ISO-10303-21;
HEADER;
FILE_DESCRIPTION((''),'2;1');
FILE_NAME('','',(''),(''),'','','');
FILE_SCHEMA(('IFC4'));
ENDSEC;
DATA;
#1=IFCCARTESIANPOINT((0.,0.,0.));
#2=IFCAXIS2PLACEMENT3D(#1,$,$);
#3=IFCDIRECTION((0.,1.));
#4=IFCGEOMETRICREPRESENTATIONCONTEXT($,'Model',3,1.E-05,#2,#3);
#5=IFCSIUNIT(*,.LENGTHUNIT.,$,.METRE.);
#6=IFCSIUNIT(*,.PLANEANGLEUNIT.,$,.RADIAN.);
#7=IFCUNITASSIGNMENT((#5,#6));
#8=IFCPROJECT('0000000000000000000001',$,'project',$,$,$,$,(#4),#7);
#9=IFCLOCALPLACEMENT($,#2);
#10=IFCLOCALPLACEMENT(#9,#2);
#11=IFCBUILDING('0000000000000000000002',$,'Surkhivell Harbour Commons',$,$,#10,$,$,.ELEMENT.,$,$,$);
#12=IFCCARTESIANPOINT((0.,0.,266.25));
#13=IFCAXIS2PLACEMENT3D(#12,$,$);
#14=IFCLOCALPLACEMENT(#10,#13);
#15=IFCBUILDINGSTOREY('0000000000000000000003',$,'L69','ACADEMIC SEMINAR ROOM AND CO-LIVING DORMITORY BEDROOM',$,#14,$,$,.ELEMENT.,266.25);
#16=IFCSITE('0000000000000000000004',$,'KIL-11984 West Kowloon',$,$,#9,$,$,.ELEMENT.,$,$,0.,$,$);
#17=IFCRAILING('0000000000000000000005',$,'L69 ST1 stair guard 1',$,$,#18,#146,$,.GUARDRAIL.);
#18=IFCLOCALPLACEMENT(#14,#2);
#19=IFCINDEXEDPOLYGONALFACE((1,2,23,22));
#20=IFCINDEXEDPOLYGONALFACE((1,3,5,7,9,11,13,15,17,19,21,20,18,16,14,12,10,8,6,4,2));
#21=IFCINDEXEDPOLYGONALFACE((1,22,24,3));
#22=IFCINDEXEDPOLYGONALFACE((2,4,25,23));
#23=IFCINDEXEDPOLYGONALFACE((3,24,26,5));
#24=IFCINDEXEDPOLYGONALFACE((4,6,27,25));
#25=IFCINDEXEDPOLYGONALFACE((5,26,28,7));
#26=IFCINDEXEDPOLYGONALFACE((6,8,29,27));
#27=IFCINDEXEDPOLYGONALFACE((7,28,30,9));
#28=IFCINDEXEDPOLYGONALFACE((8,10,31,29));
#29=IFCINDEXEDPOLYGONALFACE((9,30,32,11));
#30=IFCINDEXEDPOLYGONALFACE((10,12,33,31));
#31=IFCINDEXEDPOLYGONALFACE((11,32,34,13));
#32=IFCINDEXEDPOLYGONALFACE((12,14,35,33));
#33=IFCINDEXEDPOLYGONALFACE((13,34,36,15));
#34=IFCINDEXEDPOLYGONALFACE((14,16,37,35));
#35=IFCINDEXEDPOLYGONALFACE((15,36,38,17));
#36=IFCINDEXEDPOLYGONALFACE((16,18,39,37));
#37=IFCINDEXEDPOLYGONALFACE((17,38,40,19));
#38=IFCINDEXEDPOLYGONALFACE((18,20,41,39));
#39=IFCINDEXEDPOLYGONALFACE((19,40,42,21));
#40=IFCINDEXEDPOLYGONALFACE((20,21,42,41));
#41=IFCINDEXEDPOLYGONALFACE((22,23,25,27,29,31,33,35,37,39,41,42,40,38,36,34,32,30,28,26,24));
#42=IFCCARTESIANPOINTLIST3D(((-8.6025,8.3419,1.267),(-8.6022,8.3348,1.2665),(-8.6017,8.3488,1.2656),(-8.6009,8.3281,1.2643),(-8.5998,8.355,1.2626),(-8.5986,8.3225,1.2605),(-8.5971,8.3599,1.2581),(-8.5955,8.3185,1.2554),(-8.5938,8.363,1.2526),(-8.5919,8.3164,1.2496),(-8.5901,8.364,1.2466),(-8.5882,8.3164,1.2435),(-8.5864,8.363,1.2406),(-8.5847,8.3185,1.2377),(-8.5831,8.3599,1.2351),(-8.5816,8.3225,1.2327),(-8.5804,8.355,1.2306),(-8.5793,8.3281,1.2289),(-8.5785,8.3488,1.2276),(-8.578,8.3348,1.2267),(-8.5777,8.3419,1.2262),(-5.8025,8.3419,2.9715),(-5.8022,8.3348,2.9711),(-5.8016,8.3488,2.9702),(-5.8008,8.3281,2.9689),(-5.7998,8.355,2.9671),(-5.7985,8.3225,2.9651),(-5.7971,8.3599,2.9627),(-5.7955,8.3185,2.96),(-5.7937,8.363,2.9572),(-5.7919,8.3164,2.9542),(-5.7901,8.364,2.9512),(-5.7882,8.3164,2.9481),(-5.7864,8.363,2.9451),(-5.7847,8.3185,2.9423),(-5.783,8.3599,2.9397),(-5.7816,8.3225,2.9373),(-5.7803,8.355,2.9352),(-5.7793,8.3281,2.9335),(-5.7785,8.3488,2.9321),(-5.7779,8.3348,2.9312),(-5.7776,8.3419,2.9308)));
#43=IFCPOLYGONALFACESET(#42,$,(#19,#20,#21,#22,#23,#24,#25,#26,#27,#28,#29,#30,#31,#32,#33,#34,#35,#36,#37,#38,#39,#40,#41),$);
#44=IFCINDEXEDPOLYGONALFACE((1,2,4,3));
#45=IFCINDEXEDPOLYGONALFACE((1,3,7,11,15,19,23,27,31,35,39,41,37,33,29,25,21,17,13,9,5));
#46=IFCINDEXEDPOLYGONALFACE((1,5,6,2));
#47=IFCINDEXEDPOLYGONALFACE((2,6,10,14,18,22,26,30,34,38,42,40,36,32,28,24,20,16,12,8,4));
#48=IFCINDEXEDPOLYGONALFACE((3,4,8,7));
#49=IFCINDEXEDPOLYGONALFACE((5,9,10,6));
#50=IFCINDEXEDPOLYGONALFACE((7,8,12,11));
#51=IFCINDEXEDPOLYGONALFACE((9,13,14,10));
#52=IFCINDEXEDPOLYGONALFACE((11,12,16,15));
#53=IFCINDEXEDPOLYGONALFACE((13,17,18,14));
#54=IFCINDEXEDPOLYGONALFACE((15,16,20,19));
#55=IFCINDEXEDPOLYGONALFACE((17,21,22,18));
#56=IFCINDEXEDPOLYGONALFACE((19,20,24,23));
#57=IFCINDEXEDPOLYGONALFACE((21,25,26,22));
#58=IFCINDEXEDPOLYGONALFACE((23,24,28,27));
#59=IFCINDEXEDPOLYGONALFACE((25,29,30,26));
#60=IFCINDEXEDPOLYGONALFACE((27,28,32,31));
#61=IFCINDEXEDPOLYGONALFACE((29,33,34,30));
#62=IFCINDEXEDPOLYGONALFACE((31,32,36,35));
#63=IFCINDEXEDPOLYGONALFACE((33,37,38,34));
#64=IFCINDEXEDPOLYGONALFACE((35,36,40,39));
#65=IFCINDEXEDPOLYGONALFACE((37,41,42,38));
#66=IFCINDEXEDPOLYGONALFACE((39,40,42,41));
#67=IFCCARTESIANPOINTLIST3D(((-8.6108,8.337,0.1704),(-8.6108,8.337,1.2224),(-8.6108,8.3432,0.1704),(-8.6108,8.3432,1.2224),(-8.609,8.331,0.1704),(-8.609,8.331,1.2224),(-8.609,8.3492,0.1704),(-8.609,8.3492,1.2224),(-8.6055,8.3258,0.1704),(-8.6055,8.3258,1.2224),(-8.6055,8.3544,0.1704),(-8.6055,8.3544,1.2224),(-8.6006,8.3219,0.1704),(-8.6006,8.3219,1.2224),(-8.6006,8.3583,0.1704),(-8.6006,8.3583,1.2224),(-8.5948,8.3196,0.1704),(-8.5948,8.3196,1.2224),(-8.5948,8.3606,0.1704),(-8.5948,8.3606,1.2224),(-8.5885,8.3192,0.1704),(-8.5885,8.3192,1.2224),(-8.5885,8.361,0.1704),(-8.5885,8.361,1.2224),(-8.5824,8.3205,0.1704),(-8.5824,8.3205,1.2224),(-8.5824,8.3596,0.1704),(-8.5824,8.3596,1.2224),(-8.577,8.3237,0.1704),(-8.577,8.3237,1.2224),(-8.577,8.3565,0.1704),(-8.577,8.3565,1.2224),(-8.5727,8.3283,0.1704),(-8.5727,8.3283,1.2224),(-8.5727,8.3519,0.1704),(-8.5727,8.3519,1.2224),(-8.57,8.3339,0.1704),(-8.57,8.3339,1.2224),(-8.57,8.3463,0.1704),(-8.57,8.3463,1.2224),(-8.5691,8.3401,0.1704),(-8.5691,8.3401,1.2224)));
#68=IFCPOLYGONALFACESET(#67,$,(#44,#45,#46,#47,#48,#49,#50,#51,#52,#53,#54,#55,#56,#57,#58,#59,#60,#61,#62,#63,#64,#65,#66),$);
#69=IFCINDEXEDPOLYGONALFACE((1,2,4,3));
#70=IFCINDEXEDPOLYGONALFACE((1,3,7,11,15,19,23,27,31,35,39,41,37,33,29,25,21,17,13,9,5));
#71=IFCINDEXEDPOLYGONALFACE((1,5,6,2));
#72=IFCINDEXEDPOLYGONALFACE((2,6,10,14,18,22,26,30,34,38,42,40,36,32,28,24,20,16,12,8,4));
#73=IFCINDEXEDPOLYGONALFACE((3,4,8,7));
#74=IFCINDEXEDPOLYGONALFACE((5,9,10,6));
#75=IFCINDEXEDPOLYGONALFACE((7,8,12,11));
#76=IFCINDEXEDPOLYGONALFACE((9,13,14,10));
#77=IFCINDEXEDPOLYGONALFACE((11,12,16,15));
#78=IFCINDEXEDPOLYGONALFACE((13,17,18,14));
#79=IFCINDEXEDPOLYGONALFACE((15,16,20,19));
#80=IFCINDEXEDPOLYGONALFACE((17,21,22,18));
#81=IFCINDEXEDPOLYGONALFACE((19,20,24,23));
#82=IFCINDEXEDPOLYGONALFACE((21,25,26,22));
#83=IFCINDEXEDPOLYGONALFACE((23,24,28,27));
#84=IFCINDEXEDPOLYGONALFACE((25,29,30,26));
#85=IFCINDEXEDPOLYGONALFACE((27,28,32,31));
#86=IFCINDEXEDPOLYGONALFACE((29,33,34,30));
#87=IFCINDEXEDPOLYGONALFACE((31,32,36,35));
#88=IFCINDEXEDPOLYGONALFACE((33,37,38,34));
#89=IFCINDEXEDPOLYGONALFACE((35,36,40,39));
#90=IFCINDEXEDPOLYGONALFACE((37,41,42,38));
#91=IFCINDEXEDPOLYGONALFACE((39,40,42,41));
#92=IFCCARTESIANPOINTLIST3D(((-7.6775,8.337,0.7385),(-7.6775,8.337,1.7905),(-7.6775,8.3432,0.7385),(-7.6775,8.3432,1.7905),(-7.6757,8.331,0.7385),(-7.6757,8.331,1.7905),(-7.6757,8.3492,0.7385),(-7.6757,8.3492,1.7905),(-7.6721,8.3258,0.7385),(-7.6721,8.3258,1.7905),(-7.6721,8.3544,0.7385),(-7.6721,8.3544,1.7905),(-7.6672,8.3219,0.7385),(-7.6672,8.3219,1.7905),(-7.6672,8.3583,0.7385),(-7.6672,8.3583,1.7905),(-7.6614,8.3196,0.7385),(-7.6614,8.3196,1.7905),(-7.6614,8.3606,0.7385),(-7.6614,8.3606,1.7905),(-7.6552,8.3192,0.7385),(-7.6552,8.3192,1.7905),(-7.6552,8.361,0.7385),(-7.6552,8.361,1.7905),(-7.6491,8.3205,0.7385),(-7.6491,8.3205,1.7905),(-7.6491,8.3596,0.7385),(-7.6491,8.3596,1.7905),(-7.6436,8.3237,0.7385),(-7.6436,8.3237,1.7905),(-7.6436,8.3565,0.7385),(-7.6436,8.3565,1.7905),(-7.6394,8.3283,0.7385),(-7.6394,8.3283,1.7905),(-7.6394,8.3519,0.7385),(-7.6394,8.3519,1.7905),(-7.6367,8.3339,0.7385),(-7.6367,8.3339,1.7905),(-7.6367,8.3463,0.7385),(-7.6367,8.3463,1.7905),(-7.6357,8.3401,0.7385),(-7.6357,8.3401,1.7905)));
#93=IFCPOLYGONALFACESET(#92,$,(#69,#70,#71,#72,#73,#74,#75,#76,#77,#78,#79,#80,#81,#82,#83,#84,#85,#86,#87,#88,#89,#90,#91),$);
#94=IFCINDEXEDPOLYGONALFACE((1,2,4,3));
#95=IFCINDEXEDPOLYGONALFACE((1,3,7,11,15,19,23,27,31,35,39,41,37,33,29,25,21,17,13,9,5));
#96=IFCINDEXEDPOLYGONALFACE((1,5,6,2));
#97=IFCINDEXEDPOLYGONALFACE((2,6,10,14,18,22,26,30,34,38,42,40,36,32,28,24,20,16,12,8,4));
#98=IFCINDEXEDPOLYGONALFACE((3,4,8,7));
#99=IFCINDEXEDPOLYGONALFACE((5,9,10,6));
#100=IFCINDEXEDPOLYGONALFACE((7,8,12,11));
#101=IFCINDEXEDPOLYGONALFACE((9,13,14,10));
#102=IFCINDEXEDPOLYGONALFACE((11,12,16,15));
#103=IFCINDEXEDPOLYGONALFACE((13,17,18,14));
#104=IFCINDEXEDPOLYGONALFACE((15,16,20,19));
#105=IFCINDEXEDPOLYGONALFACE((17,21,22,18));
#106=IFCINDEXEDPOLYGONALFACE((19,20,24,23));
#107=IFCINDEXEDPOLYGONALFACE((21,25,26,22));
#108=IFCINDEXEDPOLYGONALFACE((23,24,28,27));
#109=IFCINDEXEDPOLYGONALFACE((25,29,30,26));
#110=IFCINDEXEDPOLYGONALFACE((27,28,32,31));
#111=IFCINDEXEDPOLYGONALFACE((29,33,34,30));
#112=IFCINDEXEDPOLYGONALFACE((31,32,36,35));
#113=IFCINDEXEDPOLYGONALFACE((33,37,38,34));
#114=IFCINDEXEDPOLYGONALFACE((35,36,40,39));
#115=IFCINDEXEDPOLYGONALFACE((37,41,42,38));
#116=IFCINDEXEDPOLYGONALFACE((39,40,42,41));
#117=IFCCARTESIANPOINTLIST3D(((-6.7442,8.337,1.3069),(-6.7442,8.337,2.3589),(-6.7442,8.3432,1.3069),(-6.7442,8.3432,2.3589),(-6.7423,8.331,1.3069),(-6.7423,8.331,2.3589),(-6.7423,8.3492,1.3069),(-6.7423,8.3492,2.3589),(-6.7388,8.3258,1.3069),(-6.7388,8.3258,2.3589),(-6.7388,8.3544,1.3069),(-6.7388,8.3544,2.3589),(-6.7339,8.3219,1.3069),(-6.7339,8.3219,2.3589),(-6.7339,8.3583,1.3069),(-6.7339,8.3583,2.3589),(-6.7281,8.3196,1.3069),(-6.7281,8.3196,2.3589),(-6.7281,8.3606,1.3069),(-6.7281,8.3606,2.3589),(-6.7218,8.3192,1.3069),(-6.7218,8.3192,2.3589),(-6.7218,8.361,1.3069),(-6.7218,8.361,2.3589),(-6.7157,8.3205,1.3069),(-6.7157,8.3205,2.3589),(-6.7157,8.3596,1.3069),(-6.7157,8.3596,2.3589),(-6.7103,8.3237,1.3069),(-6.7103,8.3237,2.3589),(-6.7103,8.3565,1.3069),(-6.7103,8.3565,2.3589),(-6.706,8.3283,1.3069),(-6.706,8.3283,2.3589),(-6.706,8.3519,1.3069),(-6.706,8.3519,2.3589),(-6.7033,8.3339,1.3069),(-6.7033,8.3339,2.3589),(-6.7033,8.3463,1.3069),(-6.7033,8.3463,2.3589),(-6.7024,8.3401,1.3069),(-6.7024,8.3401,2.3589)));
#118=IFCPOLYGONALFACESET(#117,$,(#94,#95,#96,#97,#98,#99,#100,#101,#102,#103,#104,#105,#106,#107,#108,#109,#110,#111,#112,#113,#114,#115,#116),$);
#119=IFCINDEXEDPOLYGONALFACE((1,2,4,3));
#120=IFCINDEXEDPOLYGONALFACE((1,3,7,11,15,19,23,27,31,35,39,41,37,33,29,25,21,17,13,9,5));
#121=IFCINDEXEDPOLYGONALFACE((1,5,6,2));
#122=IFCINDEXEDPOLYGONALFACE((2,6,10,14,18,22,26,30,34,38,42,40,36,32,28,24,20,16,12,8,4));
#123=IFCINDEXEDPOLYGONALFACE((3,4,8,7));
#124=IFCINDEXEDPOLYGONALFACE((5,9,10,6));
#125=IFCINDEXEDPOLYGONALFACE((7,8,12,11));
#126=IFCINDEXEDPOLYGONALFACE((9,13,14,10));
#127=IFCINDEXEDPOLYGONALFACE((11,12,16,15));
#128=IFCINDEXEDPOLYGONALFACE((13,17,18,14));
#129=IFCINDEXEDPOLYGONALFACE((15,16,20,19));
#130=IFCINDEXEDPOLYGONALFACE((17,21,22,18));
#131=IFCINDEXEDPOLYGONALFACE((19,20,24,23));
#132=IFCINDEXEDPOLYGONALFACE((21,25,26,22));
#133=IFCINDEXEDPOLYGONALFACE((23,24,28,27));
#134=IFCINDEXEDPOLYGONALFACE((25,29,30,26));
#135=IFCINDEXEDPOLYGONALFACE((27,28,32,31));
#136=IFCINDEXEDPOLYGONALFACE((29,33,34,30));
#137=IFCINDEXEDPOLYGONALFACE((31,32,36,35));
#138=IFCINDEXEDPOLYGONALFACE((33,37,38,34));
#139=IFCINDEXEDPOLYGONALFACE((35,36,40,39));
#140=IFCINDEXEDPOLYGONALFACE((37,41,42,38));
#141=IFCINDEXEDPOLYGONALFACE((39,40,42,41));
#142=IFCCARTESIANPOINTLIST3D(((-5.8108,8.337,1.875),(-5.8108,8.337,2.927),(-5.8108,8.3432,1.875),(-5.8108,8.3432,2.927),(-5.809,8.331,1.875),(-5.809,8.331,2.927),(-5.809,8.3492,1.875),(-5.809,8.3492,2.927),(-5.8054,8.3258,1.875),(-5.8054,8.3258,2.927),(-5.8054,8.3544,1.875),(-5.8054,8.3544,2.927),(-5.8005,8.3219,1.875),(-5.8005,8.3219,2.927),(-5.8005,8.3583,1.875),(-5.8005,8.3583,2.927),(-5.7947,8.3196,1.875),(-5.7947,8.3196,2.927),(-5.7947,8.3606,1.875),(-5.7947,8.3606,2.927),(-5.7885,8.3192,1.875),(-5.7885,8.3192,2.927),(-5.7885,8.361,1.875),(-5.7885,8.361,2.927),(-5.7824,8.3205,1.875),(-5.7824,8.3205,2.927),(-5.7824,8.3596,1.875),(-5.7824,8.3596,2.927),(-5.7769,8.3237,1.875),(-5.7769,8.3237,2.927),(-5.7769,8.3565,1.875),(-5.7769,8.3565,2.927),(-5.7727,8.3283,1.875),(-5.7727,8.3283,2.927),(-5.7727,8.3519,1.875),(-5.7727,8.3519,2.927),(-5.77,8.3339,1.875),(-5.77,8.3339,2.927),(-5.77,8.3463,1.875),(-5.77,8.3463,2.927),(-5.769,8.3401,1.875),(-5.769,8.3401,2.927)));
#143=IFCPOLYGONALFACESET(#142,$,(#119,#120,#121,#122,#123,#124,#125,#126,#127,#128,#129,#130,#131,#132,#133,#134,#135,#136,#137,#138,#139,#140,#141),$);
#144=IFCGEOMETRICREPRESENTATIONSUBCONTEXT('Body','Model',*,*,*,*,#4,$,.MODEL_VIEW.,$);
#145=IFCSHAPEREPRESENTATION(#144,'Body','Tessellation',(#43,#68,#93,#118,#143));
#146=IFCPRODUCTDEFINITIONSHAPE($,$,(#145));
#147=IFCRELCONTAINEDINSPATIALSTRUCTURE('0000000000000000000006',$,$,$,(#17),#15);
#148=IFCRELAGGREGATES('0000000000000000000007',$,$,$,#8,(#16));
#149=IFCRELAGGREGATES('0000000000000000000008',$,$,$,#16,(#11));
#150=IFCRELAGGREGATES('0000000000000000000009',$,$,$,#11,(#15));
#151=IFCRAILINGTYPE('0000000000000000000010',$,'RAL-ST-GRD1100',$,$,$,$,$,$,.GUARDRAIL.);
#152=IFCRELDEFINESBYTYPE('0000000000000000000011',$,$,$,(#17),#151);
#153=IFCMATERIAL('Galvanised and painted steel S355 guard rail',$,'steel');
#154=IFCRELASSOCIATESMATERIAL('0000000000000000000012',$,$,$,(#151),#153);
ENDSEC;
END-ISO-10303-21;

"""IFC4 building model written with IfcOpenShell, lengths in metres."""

from ifc_helpers import new_model, si_unit, direction, frame, origin, origin_2d, place, context, subcontext, project, spatial, circle, extrude, material, type_object, element, save


model = new_model("IFC4")

# Units and contexts
model_context = context("Model", 3, precision=1e-05, world=origin(), true_north=direction((0.0, 1.0)))
body_context = subcontext(model_context, "Body", "Model", "MODEL_VIEW")
ifc_project = project(units=[si_unit("LENGTHUNIT", "METRE"), si_unit("PLANEANGLEUNIT", "RADIAN")], contexts=[model_context])

# Site, building, storey
site_placement = place(None, origin())
site = spatial("IfcSite", under=ifc_project, at=site_placement, Name="KIL-11984 West Kowloon", CompositionType="ELEMENT", RefElevation=0.0)
building_placement = place(site_placement, origin())
building = spatial("IfcBuilding", under=site, at=building_placement, Name="Surkhivell Harbour Commons", CompositionType="ELEMENT")
storey_placement = place(building_placement, frame((0.0, 0.0, 266.25)))
storey = spatial("IfcBuildingStorey", under=building, at=storey_placement, Name="L69", Description="ACADEMIC SEMINAR ROOM AND CO-LIVING DORMITORY BEDROOM", CompositionType="ELEMENT", Elevation=266.25)

# Railing
ifc_material_1 = material(Name="Galvanised and painted steel S355 guard rail", Category="steel")
railing_type_1 = type_object("IfcRailingType", Name="RAL-ST-GRD1100", PredefinedType="GUARDRAIL", material=ifc_material_1)
railing_1_placement = place(storey_placement, frame((-8.5901, 8.3401, 0.1704)))
element("IfcRailing", 1, at=railing_1_placement, inside=storey, type_object=railing_type_1, Name="L69 ST1 stair guard 1", PredefinedType="GUARDRAIL", context=body_context, shape_type="SweptSolid", body=[
    extrude(circle(Radius=0.0239, at=origin_2d()), frame((0.0, 0.0, 1.0762), z_axis=(0.85417, 0.0, 0.519994), x_axis=(0.0, 1.0, 0.0)), (0.0, 0.0, 1.0), 3.2781),
    extrude(circle(Radius=0.021, at=origin_2d()), origin(), (0.0, 0.0, 1.0), 1.052),
    extrude(circle(Radius=0.021, at=origin_2d()), frame((0.9333, 0.0, 0.5681)), (0.0, 0.0, 1.0), 1.052),
    extrude(circle(Radius=0.021, at=origin_2d()), frame((1.8667, 0.0, 1.1365)), (0.0, 0.0, 1.0), 1.052),
    extrude(circle(Radius=0.021, at=origin_2d()), frame((2.8, 0.0, 1.7046)), (0.0, 0.0, 1.0), 1.052),
])

save(model, "model.ifc")
